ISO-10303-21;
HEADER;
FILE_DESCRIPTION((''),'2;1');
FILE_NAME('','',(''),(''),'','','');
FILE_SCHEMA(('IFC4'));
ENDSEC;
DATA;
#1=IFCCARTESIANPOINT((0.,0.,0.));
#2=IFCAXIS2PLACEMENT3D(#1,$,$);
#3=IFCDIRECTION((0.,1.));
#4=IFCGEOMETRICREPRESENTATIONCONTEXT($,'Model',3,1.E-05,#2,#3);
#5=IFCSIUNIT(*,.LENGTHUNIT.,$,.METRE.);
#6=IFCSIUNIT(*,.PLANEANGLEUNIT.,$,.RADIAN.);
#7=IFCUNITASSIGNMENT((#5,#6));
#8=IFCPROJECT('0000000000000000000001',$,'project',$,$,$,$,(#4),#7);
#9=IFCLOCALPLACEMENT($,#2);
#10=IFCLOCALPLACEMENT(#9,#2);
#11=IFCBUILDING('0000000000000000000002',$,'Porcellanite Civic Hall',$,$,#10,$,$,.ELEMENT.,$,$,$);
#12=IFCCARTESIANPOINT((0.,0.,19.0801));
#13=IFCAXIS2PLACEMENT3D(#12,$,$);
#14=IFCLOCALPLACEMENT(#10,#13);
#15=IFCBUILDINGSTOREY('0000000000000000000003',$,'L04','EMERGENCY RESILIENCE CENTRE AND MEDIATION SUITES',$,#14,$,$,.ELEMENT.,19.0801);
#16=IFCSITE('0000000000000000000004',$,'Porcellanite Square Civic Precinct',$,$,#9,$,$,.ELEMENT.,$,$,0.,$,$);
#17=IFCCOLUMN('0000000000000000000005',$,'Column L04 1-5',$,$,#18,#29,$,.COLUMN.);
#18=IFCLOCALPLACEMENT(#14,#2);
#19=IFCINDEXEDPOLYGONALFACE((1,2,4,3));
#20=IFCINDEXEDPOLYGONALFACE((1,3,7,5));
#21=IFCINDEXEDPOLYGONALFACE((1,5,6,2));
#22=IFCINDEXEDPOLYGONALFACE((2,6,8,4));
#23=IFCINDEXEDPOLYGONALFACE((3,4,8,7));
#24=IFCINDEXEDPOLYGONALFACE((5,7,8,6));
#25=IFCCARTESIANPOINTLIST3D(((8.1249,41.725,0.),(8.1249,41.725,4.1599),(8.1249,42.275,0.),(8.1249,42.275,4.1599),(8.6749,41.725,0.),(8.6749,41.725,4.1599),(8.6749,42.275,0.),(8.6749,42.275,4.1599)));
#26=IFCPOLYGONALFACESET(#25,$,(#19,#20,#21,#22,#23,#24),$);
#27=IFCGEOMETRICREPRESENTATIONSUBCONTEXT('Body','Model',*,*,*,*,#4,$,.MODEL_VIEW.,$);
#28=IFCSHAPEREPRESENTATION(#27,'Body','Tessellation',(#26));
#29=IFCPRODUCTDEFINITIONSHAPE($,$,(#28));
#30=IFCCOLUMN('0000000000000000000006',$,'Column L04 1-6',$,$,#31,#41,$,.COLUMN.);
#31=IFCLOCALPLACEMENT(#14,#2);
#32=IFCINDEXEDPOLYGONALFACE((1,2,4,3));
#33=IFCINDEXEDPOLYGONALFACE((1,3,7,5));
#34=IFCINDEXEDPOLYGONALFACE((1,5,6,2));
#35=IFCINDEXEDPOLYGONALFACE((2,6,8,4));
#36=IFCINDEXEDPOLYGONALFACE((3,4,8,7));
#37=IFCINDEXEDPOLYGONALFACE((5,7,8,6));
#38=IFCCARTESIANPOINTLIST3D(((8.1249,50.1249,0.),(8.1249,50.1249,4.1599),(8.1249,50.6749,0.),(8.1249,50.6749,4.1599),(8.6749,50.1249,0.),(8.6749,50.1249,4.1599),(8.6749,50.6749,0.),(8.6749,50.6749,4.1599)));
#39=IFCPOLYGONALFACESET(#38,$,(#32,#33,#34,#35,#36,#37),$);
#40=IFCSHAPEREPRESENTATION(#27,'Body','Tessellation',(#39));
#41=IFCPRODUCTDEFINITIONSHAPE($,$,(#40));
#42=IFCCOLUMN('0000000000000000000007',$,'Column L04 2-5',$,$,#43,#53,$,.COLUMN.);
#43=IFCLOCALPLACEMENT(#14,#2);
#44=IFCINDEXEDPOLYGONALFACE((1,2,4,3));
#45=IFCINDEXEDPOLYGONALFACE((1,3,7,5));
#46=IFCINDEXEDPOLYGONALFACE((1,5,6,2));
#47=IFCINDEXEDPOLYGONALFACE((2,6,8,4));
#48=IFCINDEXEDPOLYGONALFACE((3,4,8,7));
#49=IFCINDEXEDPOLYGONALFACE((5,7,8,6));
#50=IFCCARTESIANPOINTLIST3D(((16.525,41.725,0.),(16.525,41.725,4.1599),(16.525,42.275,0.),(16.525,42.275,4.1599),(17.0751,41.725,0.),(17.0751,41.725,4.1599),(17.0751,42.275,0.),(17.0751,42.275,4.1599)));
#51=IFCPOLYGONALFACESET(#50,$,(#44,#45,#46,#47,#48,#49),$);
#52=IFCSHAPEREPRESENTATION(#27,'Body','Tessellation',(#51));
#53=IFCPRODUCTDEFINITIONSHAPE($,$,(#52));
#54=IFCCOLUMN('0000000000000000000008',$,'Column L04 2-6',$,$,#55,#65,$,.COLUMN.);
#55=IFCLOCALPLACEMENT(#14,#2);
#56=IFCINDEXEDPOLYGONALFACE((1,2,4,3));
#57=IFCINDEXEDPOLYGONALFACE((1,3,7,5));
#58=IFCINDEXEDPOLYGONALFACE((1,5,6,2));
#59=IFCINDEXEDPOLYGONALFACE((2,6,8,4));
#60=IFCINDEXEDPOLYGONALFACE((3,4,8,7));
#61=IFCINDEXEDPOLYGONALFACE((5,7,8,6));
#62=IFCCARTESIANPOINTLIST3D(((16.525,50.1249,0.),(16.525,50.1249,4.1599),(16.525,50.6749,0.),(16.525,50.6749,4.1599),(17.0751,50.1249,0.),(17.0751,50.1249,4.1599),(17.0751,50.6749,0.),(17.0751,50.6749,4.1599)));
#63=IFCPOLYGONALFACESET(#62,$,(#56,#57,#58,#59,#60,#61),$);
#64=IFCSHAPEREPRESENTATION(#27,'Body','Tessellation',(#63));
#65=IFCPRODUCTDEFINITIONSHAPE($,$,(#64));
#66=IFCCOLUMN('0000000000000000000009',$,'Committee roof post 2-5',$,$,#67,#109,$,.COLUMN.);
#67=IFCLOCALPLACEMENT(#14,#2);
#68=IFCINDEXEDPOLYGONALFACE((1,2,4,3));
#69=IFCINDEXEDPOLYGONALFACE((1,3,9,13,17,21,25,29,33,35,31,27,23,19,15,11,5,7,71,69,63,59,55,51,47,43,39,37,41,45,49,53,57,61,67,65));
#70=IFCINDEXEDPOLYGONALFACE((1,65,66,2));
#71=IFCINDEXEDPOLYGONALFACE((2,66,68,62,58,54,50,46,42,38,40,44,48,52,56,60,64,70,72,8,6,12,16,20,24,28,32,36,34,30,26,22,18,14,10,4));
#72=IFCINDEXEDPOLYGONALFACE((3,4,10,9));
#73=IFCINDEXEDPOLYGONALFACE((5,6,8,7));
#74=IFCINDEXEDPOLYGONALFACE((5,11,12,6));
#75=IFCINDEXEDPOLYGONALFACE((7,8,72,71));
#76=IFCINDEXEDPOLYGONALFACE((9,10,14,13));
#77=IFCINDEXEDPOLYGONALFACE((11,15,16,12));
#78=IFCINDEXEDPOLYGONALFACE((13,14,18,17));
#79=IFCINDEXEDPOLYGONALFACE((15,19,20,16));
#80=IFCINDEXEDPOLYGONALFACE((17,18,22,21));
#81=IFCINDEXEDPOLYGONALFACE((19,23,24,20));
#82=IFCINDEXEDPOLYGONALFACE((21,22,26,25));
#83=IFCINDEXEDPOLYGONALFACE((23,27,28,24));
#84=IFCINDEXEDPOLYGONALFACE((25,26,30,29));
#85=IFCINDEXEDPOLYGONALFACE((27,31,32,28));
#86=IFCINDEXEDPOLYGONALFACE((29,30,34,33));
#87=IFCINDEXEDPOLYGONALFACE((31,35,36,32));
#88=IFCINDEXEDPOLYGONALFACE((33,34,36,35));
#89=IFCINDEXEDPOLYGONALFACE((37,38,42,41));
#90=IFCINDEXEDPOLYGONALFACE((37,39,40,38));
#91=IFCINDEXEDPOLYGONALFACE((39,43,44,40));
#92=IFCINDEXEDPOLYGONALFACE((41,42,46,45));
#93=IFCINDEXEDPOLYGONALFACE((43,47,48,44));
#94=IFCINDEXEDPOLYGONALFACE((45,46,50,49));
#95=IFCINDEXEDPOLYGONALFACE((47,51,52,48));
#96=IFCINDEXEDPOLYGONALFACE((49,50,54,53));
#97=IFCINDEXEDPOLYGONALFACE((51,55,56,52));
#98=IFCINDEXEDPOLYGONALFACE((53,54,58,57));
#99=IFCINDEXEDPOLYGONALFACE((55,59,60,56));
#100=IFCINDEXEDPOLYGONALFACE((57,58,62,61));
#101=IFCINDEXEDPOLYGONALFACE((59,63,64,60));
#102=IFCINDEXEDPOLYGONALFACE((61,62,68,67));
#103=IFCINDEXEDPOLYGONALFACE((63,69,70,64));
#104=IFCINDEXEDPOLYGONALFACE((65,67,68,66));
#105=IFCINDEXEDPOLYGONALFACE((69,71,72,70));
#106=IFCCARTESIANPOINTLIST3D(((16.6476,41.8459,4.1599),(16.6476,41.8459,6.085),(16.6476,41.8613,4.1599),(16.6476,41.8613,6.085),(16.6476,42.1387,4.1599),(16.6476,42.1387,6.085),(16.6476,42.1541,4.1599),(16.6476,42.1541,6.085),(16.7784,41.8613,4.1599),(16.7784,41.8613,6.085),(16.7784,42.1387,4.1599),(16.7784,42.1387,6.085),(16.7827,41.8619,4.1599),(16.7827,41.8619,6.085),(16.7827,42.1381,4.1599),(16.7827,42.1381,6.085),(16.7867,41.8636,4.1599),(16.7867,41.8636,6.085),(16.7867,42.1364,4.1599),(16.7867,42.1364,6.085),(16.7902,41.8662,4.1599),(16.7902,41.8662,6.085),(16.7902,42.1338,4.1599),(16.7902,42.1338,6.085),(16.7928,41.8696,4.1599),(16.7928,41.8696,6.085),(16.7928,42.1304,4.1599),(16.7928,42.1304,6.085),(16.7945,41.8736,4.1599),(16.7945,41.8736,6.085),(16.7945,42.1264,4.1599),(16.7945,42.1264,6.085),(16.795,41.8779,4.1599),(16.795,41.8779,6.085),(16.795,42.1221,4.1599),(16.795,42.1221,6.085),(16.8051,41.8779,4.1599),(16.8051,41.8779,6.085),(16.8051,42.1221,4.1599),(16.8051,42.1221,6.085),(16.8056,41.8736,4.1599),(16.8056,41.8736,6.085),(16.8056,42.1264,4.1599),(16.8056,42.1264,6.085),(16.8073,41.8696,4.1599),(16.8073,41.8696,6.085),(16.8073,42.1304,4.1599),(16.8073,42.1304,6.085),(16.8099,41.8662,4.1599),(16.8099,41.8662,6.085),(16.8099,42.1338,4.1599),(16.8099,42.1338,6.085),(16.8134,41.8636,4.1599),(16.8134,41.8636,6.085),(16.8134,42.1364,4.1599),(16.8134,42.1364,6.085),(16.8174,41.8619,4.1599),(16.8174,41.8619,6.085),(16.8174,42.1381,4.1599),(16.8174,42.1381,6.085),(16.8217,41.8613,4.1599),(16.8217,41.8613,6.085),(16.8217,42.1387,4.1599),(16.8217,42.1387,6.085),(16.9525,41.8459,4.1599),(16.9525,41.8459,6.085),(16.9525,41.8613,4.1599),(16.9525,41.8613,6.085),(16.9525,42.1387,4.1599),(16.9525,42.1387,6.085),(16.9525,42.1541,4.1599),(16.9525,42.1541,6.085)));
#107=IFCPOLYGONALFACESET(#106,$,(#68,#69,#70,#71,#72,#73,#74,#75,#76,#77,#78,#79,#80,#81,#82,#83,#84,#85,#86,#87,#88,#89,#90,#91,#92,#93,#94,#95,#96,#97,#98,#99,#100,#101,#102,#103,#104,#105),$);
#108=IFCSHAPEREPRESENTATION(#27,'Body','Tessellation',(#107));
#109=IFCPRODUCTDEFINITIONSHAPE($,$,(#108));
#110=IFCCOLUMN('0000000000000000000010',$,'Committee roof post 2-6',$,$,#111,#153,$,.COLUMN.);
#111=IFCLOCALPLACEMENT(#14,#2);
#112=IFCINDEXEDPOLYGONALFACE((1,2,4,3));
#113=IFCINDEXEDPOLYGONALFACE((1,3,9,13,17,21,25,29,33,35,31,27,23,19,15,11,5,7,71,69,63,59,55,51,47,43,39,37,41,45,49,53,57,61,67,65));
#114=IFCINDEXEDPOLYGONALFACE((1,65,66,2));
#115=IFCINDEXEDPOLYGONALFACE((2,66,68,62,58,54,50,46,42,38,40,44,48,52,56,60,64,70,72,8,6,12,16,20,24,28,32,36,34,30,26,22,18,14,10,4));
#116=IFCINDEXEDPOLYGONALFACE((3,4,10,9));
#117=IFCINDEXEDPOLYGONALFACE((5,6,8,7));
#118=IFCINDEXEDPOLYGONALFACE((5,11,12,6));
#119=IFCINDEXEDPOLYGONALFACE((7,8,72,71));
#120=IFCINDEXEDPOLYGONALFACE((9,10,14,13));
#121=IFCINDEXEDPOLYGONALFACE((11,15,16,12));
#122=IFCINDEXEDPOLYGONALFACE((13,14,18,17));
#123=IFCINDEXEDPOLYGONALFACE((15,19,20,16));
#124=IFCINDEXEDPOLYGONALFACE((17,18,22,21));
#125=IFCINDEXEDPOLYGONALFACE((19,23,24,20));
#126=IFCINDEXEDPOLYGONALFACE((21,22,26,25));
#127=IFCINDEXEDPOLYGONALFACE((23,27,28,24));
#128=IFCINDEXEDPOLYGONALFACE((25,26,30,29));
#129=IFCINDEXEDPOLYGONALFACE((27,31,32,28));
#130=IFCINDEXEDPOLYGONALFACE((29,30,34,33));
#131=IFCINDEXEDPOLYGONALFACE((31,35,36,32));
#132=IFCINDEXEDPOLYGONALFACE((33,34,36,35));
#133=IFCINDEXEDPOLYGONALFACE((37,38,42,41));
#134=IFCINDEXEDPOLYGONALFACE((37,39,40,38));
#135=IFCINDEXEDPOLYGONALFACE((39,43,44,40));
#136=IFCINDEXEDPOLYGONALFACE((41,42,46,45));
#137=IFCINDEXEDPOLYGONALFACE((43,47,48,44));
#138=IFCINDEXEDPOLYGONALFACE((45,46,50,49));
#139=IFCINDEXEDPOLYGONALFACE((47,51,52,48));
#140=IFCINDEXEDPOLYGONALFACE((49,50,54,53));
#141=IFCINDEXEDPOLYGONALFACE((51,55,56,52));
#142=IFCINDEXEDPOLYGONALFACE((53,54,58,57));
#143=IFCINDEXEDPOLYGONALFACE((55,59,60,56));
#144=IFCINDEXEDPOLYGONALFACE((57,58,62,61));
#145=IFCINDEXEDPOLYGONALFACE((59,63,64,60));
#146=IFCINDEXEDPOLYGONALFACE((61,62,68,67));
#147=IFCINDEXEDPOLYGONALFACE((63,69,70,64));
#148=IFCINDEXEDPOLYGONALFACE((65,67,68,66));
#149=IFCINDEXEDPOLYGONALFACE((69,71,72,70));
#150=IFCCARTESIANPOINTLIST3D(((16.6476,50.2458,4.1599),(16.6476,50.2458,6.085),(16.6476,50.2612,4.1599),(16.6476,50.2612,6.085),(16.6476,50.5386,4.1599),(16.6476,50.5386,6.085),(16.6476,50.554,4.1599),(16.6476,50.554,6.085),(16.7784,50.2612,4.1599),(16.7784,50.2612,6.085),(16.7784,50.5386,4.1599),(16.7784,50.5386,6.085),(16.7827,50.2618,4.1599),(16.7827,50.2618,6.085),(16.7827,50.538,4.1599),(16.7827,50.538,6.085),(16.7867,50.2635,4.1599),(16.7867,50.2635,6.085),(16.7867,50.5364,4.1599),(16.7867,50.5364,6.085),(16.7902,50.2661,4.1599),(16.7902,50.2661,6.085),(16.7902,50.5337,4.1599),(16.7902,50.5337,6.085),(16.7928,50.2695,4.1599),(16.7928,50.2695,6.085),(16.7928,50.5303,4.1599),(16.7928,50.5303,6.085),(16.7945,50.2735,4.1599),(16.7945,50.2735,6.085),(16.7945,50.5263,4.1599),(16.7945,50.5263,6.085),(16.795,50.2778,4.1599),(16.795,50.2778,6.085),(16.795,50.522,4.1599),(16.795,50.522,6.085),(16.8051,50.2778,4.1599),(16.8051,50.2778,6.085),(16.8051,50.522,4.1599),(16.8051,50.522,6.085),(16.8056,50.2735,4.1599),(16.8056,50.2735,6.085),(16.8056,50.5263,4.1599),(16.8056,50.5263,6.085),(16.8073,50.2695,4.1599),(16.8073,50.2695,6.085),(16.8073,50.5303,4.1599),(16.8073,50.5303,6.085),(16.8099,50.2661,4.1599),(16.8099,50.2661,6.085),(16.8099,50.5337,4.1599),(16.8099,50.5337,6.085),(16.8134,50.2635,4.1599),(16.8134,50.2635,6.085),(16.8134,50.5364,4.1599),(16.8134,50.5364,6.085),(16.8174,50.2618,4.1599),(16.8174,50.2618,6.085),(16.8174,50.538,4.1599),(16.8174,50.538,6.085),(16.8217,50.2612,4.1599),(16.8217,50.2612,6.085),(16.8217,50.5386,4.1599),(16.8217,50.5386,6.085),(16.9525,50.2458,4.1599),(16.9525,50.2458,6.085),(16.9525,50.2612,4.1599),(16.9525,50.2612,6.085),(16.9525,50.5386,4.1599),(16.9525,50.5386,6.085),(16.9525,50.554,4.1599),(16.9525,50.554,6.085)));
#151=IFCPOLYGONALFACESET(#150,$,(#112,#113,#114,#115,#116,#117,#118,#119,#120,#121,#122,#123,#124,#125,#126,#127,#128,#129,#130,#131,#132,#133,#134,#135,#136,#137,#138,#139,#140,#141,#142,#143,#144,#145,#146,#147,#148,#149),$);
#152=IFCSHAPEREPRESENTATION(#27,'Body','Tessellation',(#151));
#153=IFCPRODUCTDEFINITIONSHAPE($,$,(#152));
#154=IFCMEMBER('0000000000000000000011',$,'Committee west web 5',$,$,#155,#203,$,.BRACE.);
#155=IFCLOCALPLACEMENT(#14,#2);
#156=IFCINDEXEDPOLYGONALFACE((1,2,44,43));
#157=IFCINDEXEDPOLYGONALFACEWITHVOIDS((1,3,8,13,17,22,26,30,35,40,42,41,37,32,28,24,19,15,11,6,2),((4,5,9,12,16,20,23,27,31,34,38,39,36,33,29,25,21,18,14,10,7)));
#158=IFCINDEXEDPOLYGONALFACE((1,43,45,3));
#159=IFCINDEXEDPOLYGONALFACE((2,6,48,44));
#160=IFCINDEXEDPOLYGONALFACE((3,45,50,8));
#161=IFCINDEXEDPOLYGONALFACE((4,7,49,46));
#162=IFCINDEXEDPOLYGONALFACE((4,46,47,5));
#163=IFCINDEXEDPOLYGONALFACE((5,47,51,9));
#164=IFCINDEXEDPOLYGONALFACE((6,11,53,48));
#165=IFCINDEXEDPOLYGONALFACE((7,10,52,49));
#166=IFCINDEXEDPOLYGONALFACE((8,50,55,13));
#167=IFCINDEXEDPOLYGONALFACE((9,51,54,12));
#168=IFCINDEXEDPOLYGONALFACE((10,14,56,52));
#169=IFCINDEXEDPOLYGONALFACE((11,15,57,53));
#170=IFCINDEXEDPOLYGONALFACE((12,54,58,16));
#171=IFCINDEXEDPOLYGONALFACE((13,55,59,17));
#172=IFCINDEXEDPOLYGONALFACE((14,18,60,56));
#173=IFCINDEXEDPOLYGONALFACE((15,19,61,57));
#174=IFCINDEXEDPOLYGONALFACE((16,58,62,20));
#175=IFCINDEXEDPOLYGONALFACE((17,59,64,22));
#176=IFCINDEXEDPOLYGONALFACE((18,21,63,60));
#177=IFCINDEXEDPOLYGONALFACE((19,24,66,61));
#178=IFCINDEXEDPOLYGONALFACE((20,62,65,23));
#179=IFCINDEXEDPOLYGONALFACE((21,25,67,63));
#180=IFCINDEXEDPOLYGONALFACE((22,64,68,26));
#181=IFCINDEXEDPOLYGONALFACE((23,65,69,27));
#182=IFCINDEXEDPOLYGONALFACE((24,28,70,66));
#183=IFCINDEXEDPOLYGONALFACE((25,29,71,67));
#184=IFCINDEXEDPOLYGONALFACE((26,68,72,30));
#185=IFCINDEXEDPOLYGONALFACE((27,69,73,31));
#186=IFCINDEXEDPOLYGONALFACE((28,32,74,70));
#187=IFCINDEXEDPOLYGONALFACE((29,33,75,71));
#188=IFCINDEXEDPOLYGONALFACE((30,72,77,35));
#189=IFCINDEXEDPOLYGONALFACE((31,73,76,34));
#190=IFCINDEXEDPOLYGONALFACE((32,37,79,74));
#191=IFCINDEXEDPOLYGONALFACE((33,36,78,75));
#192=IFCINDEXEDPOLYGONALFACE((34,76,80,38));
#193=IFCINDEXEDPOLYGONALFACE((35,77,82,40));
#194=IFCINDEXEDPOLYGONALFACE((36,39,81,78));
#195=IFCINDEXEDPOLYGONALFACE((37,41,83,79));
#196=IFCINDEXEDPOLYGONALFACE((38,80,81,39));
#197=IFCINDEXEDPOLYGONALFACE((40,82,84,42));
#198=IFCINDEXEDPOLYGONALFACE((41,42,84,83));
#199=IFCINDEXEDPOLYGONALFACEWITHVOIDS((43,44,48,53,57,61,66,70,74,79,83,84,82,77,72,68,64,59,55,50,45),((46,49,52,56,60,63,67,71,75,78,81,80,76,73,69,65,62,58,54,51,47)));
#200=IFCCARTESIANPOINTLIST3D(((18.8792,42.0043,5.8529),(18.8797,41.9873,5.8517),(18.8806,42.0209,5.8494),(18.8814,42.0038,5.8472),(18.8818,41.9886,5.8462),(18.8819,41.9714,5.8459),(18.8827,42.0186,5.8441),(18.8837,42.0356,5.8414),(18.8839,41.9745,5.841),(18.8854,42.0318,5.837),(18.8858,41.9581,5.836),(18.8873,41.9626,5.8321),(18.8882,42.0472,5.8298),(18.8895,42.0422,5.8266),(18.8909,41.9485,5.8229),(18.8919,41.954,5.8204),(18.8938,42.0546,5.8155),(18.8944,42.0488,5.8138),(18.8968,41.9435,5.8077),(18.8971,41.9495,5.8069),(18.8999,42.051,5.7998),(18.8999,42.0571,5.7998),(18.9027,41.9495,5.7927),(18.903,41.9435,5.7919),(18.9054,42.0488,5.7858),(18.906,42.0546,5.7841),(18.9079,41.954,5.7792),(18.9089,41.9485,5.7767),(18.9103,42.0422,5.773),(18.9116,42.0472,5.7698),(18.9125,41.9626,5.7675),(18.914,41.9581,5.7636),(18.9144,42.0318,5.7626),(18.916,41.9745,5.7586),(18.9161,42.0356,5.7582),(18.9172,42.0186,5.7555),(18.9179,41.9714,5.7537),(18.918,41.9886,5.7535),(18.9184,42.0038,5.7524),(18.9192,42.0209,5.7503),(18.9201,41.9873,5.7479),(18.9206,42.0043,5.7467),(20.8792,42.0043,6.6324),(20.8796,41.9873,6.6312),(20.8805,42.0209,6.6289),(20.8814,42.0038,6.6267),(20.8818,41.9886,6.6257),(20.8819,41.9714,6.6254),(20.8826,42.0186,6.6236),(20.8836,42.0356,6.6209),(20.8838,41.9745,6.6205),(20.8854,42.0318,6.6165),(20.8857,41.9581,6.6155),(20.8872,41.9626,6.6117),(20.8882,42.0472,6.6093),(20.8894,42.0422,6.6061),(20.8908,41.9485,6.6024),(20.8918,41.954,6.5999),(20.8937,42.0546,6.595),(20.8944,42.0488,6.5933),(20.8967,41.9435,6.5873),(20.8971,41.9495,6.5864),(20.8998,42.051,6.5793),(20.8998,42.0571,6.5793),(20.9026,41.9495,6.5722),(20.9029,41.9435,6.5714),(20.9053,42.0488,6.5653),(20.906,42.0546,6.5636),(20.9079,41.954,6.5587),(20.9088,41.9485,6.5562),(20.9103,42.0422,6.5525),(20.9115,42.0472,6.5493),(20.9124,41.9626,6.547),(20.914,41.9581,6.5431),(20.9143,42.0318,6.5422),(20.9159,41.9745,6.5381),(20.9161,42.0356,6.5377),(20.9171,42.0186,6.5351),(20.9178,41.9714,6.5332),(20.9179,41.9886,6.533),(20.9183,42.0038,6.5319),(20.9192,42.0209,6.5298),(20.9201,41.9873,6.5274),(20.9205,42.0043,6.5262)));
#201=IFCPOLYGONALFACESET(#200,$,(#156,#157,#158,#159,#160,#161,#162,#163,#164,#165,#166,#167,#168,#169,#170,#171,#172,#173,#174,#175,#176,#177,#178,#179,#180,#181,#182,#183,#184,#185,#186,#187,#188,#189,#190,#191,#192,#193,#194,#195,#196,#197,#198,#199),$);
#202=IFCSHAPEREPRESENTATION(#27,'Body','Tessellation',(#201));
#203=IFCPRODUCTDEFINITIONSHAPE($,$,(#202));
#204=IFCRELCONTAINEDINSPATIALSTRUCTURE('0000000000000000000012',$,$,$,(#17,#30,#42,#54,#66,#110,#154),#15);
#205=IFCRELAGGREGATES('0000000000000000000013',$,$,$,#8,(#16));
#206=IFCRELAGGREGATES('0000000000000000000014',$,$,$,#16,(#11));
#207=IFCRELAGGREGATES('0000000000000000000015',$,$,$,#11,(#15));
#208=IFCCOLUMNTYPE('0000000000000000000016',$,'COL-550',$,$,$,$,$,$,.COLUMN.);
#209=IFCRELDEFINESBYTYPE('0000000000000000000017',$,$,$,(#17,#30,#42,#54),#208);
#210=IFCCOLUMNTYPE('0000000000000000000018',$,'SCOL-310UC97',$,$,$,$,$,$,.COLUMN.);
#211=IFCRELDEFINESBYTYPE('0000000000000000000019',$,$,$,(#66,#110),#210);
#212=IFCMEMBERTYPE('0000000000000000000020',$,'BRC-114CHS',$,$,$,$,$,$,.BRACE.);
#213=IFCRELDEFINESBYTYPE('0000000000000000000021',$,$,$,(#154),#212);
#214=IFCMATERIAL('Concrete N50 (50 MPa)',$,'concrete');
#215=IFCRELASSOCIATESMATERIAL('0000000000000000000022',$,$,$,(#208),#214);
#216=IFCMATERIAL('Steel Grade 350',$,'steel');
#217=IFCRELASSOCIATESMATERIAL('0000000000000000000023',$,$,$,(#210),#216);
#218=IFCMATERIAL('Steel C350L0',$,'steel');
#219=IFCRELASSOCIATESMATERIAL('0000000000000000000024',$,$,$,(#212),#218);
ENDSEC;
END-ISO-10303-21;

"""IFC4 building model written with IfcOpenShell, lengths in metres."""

from ifc_helpers import new_model, si_unit, direction, frame, origin, origin_2d, place, context, subcontext, project, spatial, rectangle, hollow_circle, i_section, extrude, material, material_profile, profile_set, type_object, element, save


model = new_model("IFC4")

# Units and contexts
model_context = context("Model", 3, precision=1e-05, world=origin(), true_north=direction((0.0, 1.0)))
body_context = subcontext(model_context, "Body", "Model", "MODEL_VIEW")
ifc_project = project(units=[si_unit("LENGTHUNIT", "METRE"), si_unit("PLANEANGLEUNIT", "RADIAN")], contexts=[model_context])

# Site, building, storey
site_placement = place(None, origin())
site = spatial("IfcSite", under=ifc_project, at=site_placement, Name="Porcellanite Square Civic Precinct", CompositionType="ELEMENT", RefElevation=0.0)
building_placement = place(site_placement, origin())
building = spatial("IfcBuilding", under=site, at=building_placement, Name="Porcellanite Civic Hall", CompositionType="ELEMENT")
storey_placement = place(building_placement, frame((0.0, 0.0, 19.0801)))
storey = spatial("IfcBuildingStorey", under=building, at=storey_placement, Name="L04", Description="EMERGENCY RESILIENCE CENTRE AND MEDIATION SUITES", CompositionType="ELEMENT", Elevation=19.0801)

# Columns
ifc_material_1 = material(Name="Concrete N50 (50 MPa)", Category="concrete")
ifc_material_profile_1 = material_profile(ifc_material_1, rectangle(XDim=0.55, YDim=0.55, at=origin_2d()), Name="RC-550x550")
ifc_profile_set_1 = profile_set([ifc_material_profile_1], Name="Concrete N50 (50 MPa)")
column_type_1 = type_object("IfcColumnType", Name="COL-550", PredefinedType="COLUMN", material=ifc_profile_set_1)
for number, where, z_axis, x_axis, name in (
    (1, (8.3999, 42.0, 0.0), (0.0, 0.0, 1.0), (1.0, 0.0, 0.0), "Column L04 1-5"),
    (2, (8.3999, 50.3999, 0.0), (0.0, 0.0, 1.0), (1.0, 0.0, 0.0), "Column L04 1-6"),
    (3, (16.8, 42.0, 0.0), (0.0, 0.0, 1.0), (1.0, 0.0, 0.0), "Column L04 2-5"),
    (4, (16.8, 50.3999, 0.0), (0.0, 0.0, 1.0), (1.0, 0.0, 0.0), "Column L04 2-6"),
):
    element("IfcColumn", number, at=place(storey_placement, frame(where, z_axis=z_axis, x_axis=x_axis)), inside=storey, type_object=column_type_1, Name=name, PredefinedType="COLUMN", context=body_context, shape_type="SweptSolid", body=[
        extrude(rectangle(XDim=0.55, YDim=0.55, at=origin_2d()), origin(), (0.0, 0.0, 1.0), 4.1599),
    ])
ifc_material_2 = material(Name="Steel Grade 350", Category="steel")
ifc_material_profile_2 = material_profile(ifc_material_2, i_section(OverallWidth=0.3049, OverallDepth=0.3081, WebThickness=0.01, FlangeThickness=0.0154, FilletRadius=0.0166, at=origin_2d()), Name="310UC96.8")
ifc_profile_set_2 = profile_set([ifc_material_profile_2], Name="Steel Grade 350")
column_type_2 = type_object("IfcColumnType", Name="SCOL-310UC97", PredefinedType="COLUMN", material=ifc_profile_set_2)
for number, where, z_axis, x_axis, name in (
    (5, (16.8, 42.0, 4.1599), (0.0, 0.0, 1.0), (1.0, 0.0, 0.0), "Committee roof post 2-5"),
    (6, (16.8, 50.3999, 4.1599), (0.0, 0.0, 1.0), (1.0, 0.0, 0.0), "Committee roof post 2-6"),
):
    element("IfcColumn", number, at=place(storey_placement, frame(where, z_axis=z_axis, x_axis=x_axis)), inside=storey, type_object=column_type_2, Name=name, PredefinedType="COLUMN", context=body_context, shape_type="SweptSolid", body=[
        extrude(i_section(OverallWidth=0.3049, OverallDepth=0.3081, WebThickness=0.01, FlangeThickness=0.0154, FilletRadius=0.0166, at=origin_2d()), origin(), (0.0, 0.0, 1.0), 1.925),
    ])

# Member
ifc_material_3 = material(Name="Steel C350L0", Category="steel")
ifc_material_profile_3 = material_profile(ifc_material_3, hollow_circle(Radius=0.0571, WallThickness=0.0061, at=origin_2d()), Name="114.3x6.0CHS")
ifc_profile_set_3 = profile_set([ifc_material_profile_3], Name="Steel C350L0")
member_type_1 = type_object("IfcMemberType", Name="BRC-114CHS", PredefinedType="BRACE", material=ifc_profile_set_3)
for number, where, z_axis, x_axis, name in (
    (7, (18.8999, 42.0, 5.7998), (0.931727, 0.0, 0.36316), (0.0, 1.0, 0.0), "Committee west web 5"),
):
    element("IfcMember", number, at=place(storey_placement, frame(where, z_axis=z_axis, x_axis=x_axis)), inside=storey, type_object=member_type_1, Name=name, PredefinedType="BRACE", context=body_context, shape_type="SweptSolid", body=[
        extrude(hollow_circle(Radius=0.0571, WallThickness=0.0061, at=origin_2d()), origin(), (0.0, 0.0, 1.0), 2.1465),
    ])

save(model, "model.ifc")
